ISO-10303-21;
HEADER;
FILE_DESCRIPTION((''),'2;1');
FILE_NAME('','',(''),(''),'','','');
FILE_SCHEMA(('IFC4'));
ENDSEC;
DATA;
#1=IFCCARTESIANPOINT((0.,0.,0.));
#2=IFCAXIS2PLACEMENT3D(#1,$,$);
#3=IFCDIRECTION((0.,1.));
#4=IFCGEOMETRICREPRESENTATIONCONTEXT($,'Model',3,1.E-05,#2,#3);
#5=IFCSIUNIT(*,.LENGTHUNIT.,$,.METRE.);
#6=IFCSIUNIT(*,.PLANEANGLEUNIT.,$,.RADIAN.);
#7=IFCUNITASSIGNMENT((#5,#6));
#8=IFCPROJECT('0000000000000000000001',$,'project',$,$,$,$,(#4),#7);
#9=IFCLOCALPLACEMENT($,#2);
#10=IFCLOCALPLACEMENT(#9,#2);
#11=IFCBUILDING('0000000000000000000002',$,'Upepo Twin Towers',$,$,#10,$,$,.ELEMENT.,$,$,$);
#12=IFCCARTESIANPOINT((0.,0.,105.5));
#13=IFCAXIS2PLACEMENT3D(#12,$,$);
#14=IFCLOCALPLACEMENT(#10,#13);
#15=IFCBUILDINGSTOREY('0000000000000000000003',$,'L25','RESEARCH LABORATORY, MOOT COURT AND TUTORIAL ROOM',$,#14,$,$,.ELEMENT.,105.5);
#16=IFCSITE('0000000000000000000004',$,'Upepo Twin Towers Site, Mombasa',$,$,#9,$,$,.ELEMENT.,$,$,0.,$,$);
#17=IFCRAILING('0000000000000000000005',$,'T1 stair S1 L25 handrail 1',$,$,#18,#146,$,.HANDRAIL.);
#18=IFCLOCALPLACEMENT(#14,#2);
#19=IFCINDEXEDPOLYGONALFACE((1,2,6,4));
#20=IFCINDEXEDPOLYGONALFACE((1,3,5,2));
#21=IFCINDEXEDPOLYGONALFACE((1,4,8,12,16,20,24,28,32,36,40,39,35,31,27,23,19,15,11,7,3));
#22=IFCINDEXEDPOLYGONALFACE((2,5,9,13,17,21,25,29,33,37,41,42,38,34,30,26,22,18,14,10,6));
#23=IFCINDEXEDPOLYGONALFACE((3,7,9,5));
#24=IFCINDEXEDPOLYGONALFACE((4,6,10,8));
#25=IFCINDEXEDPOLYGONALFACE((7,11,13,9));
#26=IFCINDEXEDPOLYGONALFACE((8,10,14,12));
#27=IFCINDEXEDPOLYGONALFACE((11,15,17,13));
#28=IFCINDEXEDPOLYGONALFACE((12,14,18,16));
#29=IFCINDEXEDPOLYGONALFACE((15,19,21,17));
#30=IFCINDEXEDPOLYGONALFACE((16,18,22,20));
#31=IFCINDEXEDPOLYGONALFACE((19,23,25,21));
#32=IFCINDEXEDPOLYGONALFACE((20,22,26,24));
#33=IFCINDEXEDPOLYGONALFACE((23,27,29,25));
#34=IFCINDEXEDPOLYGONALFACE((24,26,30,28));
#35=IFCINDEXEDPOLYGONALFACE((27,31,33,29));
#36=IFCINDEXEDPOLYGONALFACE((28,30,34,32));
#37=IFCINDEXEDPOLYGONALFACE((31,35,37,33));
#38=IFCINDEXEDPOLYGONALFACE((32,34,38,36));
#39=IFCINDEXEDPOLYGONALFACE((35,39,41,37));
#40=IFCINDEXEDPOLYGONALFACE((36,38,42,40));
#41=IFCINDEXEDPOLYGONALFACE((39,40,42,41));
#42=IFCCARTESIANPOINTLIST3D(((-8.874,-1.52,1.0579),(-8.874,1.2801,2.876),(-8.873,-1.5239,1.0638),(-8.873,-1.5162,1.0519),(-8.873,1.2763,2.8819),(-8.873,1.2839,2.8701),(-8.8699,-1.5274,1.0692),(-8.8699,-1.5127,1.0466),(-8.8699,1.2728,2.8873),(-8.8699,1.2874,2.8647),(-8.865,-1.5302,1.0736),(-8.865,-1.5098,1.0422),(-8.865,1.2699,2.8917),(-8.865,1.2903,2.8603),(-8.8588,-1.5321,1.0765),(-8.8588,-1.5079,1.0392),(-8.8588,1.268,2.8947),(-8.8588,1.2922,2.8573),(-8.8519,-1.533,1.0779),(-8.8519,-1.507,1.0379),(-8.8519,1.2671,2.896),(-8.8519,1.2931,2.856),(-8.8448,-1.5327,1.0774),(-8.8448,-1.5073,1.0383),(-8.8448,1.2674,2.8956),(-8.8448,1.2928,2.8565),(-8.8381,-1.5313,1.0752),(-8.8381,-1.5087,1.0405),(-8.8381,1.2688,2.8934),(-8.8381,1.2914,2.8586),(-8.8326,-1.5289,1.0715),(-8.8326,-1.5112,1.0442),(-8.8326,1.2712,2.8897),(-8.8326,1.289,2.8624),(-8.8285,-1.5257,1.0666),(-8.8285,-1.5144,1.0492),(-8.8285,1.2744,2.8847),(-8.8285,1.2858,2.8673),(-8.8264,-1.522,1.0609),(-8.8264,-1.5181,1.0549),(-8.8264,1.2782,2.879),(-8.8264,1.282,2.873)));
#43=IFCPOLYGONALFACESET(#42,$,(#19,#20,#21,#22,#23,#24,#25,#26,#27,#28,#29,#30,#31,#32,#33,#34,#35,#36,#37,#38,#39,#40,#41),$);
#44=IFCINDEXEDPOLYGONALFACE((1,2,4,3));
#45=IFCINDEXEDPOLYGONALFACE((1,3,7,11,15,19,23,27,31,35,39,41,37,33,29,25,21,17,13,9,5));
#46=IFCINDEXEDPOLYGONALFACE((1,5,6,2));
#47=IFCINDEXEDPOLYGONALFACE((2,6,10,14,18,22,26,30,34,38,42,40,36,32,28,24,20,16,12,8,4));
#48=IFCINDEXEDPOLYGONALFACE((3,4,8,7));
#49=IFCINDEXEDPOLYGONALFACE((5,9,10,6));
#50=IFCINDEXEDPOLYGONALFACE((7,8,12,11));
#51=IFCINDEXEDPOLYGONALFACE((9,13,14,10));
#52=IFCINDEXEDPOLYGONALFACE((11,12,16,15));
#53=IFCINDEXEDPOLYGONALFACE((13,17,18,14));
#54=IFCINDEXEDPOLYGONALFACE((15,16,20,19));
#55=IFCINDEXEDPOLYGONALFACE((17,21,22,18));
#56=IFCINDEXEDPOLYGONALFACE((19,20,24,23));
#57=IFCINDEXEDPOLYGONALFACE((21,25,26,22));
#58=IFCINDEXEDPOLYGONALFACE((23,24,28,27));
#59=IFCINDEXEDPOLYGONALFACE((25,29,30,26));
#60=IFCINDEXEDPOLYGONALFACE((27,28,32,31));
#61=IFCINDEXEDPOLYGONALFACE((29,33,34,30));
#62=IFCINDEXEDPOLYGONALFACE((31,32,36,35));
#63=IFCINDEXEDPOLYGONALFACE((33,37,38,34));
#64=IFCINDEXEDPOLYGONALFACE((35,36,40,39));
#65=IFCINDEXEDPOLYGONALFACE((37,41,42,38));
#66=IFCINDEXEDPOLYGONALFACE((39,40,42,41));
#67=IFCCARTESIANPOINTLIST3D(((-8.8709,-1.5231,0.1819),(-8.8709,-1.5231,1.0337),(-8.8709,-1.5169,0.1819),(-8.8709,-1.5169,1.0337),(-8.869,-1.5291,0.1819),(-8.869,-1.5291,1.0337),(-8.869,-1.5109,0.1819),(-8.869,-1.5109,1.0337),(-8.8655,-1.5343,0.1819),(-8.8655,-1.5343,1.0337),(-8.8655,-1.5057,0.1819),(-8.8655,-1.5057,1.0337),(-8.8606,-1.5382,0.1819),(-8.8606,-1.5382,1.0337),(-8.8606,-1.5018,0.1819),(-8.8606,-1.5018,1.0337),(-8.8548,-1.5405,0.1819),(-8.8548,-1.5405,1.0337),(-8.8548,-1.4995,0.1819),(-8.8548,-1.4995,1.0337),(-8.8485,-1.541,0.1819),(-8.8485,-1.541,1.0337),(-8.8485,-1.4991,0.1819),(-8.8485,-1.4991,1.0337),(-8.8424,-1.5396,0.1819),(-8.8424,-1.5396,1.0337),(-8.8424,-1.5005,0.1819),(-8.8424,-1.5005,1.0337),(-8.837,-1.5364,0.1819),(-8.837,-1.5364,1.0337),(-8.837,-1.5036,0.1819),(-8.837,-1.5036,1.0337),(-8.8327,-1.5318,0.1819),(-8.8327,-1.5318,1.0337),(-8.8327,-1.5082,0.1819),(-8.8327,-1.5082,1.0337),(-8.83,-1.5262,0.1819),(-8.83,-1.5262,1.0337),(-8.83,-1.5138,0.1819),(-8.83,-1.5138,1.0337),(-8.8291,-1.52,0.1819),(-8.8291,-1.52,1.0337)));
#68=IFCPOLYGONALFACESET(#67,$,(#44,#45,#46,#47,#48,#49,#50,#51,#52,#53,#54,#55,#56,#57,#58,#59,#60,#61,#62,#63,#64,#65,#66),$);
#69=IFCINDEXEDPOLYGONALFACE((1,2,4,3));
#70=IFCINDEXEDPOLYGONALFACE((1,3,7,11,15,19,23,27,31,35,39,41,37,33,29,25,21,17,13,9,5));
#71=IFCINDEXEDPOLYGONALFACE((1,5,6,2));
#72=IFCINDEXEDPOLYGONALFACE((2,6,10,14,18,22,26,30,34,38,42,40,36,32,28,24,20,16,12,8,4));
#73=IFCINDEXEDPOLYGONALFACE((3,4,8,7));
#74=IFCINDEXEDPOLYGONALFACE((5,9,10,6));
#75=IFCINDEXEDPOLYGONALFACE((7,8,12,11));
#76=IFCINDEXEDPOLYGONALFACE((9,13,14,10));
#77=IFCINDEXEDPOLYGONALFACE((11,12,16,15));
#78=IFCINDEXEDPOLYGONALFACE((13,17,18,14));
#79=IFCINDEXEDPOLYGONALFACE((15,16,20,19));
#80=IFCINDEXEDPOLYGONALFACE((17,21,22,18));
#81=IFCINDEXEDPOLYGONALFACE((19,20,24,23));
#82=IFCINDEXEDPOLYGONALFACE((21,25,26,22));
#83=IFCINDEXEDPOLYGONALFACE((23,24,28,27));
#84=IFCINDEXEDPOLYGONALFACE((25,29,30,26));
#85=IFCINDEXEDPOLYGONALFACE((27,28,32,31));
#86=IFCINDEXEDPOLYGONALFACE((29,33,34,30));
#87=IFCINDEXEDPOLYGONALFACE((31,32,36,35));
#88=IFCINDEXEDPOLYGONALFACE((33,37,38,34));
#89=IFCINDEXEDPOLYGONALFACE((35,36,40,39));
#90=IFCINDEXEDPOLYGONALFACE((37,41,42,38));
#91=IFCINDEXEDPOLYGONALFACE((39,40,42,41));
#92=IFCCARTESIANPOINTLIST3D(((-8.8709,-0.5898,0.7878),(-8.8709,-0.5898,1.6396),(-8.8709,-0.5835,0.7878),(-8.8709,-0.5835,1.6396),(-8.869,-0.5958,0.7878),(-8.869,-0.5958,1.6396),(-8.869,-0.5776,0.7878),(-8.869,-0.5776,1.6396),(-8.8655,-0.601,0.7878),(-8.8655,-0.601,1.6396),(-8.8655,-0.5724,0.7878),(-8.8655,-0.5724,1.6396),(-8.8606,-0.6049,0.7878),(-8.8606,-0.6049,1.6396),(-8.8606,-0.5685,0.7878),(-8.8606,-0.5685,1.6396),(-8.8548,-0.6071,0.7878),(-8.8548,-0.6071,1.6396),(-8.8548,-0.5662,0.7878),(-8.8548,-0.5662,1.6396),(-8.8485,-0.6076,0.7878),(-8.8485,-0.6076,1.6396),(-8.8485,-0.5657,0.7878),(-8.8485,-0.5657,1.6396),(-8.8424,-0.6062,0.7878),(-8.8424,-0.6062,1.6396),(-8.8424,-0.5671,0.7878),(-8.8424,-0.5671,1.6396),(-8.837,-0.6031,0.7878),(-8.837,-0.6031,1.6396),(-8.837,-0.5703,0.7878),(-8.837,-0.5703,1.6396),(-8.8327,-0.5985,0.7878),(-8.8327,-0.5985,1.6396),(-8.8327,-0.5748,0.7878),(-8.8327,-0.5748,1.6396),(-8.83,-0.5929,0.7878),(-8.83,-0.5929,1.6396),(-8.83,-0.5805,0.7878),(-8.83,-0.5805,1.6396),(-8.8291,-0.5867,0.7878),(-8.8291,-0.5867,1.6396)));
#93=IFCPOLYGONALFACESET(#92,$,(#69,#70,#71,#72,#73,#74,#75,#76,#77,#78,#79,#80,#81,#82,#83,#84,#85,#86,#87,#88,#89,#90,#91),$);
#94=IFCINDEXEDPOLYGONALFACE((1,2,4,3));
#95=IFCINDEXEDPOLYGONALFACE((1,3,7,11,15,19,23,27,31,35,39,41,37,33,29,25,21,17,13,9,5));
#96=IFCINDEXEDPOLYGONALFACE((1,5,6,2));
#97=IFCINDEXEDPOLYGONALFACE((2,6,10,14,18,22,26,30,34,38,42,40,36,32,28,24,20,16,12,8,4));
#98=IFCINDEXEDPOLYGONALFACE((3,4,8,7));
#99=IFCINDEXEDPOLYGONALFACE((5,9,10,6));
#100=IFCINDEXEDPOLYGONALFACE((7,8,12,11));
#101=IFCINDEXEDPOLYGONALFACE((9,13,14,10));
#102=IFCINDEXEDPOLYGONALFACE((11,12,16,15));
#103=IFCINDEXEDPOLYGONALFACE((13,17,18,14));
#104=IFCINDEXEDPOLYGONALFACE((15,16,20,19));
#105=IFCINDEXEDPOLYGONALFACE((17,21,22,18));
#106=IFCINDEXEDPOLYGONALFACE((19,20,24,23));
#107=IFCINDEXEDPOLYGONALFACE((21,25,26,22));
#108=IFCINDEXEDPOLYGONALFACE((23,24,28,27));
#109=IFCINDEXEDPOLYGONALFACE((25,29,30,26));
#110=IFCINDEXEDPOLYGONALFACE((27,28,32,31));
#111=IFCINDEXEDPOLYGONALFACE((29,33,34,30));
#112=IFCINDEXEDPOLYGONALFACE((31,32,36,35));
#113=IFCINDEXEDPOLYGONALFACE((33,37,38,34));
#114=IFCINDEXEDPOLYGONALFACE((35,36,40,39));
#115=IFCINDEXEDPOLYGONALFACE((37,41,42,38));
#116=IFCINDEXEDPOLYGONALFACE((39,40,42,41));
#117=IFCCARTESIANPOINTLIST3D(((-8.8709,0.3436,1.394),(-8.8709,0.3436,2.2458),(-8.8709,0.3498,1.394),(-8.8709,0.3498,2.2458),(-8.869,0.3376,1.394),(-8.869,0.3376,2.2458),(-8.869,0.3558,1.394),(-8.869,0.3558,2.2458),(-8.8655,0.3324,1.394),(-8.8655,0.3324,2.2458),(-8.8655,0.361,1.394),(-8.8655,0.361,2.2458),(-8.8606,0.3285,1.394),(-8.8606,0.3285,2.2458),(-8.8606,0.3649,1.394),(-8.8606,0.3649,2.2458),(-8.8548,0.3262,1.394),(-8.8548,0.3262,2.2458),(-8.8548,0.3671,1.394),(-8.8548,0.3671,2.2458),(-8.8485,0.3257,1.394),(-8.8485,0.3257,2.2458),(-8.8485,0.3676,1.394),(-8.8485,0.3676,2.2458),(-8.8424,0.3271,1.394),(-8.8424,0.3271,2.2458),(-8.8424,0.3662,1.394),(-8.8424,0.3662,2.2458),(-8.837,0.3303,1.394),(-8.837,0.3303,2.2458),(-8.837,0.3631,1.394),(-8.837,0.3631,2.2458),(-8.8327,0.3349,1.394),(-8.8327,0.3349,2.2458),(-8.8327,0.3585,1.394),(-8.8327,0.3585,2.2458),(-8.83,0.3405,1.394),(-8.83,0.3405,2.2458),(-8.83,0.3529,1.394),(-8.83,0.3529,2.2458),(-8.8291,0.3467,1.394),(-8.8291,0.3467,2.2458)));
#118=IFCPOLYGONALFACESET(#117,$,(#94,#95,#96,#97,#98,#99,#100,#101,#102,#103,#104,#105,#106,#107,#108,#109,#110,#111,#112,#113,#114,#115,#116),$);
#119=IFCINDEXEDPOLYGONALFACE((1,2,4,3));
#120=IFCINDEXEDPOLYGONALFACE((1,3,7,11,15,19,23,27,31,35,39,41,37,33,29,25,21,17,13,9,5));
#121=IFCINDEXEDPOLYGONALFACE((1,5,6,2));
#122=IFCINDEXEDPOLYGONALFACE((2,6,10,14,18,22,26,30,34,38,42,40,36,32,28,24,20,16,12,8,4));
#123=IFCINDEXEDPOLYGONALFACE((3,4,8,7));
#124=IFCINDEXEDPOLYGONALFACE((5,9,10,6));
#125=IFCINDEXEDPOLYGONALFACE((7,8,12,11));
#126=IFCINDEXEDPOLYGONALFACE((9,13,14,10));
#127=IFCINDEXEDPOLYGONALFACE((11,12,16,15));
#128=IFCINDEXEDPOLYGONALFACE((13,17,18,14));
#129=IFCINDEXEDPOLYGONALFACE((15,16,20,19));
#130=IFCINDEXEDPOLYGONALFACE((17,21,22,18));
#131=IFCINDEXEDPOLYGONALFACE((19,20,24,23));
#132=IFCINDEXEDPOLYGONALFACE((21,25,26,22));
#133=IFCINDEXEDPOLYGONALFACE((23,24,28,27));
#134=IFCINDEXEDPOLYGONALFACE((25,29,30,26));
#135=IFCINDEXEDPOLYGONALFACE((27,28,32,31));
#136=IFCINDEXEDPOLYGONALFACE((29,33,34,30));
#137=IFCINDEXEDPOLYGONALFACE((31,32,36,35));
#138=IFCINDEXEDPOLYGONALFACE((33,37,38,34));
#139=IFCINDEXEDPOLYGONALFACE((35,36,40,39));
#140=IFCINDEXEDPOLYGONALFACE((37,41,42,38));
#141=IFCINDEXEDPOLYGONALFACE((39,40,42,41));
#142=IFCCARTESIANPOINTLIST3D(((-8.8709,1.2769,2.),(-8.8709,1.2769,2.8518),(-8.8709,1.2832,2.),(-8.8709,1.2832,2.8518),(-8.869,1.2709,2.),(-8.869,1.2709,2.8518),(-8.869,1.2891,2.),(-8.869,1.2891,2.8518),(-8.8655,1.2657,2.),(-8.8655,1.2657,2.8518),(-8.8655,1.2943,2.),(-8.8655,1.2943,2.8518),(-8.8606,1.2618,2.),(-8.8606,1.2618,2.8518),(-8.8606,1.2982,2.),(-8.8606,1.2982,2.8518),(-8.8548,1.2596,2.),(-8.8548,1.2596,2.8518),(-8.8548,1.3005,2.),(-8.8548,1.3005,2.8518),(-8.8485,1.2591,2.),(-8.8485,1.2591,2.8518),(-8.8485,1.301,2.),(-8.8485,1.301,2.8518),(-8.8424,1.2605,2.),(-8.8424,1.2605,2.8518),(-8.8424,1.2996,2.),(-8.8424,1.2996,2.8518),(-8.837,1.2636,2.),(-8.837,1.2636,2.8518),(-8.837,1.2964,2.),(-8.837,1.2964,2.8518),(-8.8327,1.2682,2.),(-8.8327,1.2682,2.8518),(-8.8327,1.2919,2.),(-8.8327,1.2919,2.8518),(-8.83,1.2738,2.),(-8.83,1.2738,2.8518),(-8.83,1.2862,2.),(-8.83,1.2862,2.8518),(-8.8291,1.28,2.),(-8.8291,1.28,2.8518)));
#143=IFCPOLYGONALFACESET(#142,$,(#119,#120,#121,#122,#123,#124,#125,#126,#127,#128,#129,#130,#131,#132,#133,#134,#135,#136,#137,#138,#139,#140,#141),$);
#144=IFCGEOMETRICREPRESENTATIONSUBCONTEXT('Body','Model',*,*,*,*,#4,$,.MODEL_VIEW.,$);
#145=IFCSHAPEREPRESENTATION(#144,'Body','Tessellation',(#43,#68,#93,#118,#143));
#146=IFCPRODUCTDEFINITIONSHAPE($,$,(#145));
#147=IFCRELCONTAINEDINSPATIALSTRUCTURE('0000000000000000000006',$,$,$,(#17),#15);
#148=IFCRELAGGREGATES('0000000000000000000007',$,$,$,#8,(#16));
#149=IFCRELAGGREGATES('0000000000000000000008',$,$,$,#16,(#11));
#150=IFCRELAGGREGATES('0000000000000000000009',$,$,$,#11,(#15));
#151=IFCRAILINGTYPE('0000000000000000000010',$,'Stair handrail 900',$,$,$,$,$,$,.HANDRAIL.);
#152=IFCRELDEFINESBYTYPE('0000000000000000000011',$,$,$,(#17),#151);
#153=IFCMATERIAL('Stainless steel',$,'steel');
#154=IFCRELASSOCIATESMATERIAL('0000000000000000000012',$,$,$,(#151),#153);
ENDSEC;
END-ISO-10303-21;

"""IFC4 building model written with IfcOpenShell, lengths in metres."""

from ifc_helpers import new_model, si_unit, direction, frame, origin, origin_2d, place, context, subcontext, project, spatial, circle, extrude, material, type_object, element, save


model = new_model("IFC4")

# Units and contexts
model_context = context("Model", 3, precision=1e-05, world=origin(), true_north=direction((0.0, 1.0)))
body_context = subcontext(model_context, "Body", "Model", "MODEL_VIEW")
ifc_project = project(units=[si_unit("LENGTHUNIT", "METRE"), si_unit("PLANEANGLEUNIT", "RADIAN")], contexts=[model_context])

# Site, building, storey
site_placement = place(None, origin())
site = spatial("IfcSite", under=ifc_project, at=site_placement, Name="Upepo Twin Towers Site, Mombasa", CompositionType="ELEMENT", RefElevation=0.0)
building_placement = place(site_placement, origin())
building = spatial("IfcBuilding", under=site, at=building_placement, Name="Upepo Twin Towers", CompositionType="ELEMENT")
storey_placement = place(building_placement, frame((0.0, 0.0, 105.5)))
storey = spatial("IfcBuildingStorey", under=building, at=storey_placement, Name="L25", Description="RESEARCH LABORATORY, MOOT COURT AND TUTORIAL ROOM", CompositionType="ELEMENT", Elevation=105.5)

# Railing
ifc_material_1 = material(Name="Stainless steel", Category="steel")
railing_type = type_object("IfcRailingType", Name="Stair handrail 900", PredefinedType="HANDRAIL", material=ifc_material_1)
railing_1_placement = place(storey_placement, frame((-8.8501, -1.52, 0.1819)))
element("IfcRailing", 1, at=railing_1_placement, inside=storey, type_object=railing_type, Name="T1 stair S1 L25 handrail 1", PredefinedType="HANDRAIL", context=body_context, shape_type="SweptSolid", body=[
    extrude(circle(Radius=0.0239, at=origin_2d()), frame((0.0, 0.0, 0.876), z_axis=(0.0, 0.838706, 0.544585), x_axis=(-1.0, 0.0, 0.0)), (0.0, 0.0, 1.0), 3.3386),
    extrude(circle(Radius=0.021, at=origin_2d()), origin(), (0.0, 0.0, 1.0), 0.8518),
    extrude(circle(Radius=0.021, at=origin_2d()), frame((0.0, 0.9333, 0.606)), (0.0, 0.0, 1.0), 0.8518),
    extrude(circle(Radius=0.021, at=origin_2d()), frame((0.0, 1.8667, 1.2122)), (0.0, 0.0, 1.0), 0.8518),
    extrude(circle(Radius=0.021, at=origin_2d()), frame((0.0, 2.8, 1.8181)), (0.0, 0.0, 1.0), 0.8518),
])

save(model, "model.ifc")
